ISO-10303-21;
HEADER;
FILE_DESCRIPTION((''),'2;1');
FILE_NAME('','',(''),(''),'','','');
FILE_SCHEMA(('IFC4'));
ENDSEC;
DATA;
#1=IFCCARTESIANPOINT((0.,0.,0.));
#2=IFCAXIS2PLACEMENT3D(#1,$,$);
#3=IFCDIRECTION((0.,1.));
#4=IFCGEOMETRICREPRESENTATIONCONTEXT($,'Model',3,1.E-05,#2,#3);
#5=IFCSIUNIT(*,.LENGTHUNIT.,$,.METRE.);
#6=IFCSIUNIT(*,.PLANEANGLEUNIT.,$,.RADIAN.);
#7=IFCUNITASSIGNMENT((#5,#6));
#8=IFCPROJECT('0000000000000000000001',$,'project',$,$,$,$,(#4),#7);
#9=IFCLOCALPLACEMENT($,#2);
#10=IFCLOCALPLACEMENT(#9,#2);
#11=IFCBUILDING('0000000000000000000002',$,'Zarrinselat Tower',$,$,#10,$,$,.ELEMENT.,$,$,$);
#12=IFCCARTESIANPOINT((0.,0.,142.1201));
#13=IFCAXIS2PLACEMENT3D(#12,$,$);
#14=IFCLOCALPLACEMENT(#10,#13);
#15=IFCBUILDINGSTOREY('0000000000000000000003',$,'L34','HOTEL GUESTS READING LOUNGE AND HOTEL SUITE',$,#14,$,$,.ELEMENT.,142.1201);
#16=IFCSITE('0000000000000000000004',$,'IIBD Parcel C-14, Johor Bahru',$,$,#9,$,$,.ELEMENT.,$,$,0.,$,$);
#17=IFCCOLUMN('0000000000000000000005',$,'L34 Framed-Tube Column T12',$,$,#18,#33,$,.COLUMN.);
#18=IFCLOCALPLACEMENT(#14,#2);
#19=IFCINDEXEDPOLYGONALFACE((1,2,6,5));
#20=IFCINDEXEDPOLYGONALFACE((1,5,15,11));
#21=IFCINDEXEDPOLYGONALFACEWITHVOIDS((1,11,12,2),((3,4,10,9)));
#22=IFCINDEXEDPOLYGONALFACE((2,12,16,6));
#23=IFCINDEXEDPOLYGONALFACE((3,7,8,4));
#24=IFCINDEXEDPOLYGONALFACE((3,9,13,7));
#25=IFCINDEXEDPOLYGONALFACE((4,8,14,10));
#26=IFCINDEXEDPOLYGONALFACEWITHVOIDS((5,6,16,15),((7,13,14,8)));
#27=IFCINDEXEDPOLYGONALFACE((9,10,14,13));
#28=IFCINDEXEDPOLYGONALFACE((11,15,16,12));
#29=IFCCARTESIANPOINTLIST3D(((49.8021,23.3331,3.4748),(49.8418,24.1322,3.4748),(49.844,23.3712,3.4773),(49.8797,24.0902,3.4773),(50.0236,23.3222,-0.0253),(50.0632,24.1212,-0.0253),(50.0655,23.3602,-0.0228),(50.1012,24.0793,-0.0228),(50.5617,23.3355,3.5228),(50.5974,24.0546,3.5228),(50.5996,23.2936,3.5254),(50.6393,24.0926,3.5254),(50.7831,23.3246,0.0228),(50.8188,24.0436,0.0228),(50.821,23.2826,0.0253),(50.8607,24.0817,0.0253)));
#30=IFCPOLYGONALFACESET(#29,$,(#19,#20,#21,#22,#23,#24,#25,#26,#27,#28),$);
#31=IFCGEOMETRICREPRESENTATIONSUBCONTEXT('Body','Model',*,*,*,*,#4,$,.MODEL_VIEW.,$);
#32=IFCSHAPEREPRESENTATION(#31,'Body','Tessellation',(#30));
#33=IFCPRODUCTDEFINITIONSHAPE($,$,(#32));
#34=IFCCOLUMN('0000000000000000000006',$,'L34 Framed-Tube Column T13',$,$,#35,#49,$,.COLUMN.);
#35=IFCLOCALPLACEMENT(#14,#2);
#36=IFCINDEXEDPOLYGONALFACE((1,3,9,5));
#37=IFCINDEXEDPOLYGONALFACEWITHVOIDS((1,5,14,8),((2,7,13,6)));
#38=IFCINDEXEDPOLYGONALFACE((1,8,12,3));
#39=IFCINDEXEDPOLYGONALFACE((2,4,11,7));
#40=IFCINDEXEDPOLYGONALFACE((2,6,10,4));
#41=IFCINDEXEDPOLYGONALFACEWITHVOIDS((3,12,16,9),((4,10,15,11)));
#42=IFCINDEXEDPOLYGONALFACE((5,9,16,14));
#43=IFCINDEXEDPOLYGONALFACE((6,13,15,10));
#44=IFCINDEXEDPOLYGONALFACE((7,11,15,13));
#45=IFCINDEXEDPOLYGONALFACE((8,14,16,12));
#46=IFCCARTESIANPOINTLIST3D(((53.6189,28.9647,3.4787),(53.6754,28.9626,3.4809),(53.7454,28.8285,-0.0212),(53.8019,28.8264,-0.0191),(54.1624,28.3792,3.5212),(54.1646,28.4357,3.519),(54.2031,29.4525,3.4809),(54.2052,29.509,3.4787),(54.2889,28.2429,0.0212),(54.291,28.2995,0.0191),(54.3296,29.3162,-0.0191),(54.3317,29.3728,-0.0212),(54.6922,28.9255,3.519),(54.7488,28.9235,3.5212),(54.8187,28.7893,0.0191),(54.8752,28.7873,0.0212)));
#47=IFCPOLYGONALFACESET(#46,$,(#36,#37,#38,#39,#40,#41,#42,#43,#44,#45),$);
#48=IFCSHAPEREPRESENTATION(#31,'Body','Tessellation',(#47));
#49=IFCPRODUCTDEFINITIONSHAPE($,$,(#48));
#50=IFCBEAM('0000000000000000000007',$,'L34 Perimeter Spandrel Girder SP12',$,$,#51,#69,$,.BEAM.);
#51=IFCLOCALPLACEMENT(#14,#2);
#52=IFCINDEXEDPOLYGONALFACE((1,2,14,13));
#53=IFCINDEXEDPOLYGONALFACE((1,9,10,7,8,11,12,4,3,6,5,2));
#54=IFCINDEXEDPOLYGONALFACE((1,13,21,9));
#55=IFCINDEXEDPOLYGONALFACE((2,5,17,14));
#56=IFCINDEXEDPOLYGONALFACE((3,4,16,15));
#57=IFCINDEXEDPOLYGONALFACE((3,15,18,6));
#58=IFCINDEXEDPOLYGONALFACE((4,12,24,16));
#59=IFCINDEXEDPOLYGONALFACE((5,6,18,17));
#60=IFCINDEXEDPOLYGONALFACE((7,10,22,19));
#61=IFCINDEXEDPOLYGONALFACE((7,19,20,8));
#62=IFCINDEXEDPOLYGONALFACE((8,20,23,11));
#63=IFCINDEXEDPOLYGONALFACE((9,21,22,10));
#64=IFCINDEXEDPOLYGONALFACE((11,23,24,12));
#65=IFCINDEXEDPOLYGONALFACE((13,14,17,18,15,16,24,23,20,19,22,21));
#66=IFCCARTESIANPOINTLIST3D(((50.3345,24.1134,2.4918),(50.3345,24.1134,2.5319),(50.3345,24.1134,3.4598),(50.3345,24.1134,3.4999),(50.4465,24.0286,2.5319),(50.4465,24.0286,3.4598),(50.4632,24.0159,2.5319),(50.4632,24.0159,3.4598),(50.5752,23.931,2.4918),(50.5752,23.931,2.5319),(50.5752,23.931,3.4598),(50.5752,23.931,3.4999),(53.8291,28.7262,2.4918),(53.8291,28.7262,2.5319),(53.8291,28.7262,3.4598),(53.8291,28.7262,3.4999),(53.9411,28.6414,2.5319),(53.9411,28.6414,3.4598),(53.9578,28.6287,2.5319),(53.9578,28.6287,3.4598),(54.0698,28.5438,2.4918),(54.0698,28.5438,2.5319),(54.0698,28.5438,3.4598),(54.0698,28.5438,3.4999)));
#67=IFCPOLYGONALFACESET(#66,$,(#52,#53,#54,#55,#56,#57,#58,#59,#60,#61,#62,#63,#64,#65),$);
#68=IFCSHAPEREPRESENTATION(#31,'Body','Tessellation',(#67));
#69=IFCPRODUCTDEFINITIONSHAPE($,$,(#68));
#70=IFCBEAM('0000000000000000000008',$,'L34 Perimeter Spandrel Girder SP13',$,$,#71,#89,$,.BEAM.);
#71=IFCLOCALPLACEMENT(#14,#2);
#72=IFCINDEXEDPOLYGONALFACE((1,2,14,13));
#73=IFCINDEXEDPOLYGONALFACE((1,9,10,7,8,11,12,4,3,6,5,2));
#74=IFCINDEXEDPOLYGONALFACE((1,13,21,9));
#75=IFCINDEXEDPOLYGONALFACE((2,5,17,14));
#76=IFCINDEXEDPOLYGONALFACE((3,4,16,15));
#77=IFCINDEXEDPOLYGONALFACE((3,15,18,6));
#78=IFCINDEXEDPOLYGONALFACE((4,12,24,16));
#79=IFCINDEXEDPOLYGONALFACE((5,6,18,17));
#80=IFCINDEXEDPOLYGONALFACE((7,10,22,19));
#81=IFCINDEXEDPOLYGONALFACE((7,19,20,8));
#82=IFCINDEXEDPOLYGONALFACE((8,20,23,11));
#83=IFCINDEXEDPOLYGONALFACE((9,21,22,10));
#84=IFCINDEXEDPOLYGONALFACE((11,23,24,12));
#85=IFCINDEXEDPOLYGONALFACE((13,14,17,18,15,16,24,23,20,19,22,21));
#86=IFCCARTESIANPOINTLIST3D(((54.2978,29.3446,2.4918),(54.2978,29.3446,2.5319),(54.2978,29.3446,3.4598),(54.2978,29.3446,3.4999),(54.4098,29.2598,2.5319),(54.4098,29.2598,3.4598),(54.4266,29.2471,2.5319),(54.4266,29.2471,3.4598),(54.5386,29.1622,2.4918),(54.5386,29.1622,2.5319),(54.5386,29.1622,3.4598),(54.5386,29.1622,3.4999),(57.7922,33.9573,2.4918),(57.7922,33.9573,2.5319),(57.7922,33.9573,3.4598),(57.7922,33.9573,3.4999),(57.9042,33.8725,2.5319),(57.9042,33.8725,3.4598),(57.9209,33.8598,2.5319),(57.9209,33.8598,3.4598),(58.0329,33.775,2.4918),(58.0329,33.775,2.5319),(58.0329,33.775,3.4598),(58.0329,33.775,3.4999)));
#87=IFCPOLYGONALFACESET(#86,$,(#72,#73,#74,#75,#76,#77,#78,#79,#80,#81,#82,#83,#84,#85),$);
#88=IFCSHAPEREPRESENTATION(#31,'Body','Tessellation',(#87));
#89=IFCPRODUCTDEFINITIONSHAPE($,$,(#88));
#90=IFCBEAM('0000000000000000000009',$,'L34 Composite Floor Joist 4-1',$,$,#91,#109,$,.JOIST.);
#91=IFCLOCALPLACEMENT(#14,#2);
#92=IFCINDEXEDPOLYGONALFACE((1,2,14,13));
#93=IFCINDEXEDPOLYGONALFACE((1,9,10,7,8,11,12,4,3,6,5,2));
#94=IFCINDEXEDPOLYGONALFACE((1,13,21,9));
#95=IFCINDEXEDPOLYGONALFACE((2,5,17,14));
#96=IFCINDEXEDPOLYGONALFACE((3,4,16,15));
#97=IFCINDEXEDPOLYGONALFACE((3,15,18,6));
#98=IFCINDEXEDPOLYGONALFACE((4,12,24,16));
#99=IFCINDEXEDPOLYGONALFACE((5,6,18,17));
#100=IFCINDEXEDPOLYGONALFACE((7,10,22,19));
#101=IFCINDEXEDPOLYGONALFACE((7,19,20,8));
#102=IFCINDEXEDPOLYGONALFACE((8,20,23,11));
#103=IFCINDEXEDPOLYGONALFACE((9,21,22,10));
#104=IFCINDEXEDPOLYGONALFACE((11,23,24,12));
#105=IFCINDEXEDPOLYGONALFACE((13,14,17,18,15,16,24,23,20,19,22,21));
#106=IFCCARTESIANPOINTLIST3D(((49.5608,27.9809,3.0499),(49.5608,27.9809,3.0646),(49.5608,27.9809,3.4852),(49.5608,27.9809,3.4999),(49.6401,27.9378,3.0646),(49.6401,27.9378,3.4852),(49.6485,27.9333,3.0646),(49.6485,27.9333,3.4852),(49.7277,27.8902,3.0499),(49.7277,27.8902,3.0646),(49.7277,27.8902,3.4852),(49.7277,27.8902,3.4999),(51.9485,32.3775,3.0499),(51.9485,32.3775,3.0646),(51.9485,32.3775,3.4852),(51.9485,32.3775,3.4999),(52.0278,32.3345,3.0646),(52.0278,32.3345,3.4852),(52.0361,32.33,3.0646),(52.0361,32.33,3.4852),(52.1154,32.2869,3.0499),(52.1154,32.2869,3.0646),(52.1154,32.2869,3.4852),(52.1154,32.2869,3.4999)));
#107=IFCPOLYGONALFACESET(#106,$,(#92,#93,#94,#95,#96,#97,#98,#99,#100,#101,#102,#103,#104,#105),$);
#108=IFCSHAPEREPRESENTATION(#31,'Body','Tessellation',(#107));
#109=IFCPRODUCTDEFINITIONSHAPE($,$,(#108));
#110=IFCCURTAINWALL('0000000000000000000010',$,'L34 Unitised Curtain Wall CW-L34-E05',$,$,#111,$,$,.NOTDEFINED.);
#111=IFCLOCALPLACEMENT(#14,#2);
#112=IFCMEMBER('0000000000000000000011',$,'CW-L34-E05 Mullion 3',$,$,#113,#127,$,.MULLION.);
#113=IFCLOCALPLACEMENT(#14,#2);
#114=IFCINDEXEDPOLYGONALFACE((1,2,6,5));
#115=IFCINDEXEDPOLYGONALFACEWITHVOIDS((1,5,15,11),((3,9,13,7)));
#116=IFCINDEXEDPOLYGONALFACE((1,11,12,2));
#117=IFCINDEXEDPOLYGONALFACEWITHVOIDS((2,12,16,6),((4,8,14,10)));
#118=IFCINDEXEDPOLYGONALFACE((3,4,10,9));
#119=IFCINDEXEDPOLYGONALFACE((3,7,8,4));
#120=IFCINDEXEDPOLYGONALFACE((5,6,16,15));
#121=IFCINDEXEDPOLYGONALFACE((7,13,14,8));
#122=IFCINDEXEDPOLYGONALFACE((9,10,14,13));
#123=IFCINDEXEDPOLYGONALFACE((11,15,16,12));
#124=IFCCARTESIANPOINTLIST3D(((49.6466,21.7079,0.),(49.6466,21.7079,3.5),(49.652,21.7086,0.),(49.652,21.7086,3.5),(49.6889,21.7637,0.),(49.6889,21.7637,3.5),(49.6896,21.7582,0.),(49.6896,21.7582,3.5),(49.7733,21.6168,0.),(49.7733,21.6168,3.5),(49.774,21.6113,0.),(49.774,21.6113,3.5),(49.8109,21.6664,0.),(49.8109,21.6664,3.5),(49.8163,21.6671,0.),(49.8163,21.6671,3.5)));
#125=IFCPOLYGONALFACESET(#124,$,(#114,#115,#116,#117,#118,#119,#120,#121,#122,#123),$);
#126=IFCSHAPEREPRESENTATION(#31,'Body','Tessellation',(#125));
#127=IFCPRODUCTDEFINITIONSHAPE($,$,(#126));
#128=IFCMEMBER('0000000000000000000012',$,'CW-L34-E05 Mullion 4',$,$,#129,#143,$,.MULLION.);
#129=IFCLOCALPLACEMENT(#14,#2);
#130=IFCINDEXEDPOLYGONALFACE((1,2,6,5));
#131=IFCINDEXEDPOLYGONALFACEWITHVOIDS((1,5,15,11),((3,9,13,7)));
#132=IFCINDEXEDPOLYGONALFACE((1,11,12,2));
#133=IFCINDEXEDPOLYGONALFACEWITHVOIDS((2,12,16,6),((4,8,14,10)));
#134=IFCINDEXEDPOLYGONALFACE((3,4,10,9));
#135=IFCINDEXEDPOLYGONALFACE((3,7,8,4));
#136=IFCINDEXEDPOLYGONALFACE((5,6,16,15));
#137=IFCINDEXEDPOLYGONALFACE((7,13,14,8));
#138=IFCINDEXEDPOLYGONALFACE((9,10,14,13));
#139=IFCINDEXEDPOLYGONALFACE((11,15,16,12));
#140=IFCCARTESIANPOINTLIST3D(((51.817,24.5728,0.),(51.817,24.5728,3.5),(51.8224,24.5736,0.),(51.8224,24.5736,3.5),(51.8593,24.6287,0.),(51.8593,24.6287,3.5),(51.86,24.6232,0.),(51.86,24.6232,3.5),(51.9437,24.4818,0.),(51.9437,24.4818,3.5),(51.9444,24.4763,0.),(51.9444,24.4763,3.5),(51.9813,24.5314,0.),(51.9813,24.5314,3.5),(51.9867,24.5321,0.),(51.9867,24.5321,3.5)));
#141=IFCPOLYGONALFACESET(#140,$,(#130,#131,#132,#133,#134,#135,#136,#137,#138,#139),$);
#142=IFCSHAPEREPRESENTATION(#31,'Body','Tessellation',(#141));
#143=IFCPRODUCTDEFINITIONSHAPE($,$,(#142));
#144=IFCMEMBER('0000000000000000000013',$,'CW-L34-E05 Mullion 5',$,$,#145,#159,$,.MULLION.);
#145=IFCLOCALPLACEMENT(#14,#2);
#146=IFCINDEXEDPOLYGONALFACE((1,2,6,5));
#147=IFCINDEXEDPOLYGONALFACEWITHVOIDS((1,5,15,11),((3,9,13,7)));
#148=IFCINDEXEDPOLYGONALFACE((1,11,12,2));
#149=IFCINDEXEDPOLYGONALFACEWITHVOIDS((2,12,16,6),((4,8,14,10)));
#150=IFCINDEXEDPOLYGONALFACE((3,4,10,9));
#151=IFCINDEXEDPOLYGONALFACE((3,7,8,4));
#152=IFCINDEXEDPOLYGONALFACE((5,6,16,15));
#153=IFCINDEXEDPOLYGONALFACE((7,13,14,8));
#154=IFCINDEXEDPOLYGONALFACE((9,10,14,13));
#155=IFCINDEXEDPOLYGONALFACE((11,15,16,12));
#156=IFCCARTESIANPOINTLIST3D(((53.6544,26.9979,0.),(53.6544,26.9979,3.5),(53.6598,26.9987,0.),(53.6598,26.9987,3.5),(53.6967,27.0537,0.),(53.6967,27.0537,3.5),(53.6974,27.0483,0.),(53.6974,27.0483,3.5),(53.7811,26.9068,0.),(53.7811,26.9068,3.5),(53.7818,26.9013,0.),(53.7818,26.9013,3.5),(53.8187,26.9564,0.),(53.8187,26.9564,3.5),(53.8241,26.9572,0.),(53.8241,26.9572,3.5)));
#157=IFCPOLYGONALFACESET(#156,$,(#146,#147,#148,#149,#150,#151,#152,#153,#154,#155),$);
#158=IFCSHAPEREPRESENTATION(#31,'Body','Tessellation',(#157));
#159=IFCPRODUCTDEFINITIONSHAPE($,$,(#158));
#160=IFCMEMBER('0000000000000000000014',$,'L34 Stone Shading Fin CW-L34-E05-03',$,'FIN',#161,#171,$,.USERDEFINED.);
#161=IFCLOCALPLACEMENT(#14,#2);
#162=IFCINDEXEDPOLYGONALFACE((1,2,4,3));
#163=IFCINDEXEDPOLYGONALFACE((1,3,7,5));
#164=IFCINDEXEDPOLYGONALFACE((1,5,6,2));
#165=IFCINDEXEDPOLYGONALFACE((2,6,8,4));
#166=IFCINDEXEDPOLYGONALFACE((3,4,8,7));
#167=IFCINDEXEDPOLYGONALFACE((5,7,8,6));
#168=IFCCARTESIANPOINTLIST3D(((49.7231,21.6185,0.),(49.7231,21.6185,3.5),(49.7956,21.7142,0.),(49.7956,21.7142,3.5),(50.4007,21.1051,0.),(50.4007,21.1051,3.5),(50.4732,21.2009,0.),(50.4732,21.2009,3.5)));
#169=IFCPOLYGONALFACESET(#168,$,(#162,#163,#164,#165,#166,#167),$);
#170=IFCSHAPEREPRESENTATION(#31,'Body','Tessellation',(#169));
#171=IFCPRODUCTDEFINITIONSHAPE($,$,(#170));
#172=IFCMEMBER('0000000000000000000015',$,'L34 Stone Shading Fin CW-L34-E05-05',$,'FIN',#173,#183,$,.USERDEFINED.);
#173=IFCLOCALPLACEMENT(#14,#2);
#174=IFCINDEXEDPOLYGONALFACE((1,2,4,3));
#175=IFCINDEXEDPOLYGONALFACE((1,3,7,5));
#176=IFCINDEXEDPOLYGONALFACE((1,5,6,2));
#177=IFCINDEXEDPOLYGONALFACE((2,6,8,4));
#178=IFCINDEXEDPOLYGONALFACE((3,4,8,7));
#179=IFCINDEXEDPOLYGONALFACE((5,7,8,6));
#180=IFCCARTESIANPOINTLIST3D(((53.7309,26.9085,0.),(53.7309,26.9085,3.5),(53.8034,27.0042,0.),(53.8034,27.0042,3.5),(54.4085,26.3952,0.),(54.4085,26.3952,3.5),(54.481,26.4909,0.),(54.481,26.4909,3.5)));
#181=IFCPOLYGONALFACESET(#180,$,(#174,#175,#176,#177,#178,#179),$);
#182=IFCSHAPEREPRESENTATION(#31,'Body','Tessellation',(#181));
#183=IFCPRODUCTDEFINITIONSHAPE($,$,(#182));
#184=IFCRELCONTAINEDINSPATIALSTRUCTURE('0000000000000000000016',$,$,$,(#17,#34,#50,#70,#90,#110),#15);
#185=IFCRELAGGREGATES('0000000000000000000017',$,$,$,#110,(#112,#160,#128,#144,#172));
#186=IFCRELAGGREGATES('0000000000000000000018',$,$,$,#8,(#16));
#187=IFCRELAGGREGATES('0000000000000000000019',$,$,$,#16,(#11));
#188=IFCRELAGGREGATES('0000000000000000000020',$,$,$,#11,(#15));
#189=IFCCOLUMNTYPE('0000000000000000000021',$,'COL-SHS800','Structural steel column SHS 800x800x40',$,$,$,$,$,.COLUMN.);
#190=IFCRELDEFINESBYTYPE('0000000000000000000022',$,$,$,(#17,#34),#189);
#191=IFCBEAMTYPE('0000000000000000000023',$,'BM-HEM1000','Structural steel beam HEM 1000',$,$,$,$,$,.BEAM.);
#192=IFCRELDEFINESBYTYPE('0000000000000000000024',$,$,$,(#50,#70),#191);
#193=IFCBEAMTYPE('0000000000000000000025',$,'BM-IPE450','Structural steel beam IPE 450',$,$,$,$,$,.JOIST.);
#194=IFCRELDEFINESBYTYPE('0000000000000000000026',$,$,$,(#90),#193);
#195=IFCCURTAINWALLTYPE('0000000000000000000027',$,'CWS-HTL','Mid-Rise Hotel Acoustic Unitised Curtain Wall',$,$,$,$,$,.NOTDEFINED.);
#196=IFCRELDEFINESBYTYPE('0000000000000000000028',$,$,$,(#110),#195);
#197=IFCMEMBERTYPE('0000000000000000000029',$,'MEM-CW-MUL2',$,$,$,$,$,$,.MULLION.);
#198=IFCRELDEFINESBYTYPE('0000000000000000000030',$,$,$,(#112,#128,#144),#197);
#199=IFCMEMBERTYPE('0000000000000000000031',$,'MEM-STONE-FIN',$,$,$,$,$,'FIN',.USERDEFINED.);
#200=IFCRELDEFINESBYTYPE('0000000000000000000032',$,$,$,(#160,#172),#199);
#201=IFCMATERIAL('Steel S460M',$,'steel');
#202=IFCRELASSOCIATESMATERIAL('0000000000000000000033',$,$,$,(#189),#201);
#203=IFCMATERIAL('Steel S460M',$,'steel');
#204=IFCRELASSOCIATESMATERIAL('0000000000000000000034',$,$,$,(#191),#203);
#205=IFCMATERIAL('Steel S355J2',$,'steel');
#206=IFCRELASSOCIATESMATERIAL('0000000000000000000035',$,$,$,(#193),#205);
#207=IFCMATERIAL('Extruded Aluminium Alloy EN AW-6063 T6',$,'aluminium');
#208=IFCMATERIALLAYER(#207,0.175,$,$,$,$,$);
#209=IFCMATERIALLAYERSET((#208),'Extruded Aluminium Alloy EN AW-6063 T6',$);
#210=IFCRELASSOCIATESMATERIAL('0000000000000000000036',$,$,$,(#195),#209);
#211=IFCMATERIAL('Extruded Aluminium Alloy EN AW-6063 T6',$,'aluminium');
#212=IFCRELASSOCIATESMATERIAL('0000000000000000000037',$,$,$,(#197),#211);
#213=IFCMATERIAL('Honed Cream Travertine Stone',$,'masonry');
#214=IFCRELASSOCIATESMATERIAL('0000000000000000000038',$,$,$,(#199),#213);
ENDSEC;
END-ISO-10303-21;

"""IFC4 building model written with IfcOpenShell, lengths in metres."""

from ifc_helpers import new_model, si_unit, direction, frame, origin, origin_2d, place, context, subcontext, project, spatial, rectangle, hollow_rectangle, i_section, extrude, material, layer, layer_set, material_profile, profile_set, type_object, element, aggregate, save


model = new_model("IFC4")

# Units and contexts
model_context = context("Model", 3, precision=1e-05, world=origin(), true_north=direction((0.0, 1.0)))
body_context = subcontext(model_context, "Body", "Model", "MODEL_VIEW")
ifc_project = project(units=[si_unit("LENGTHUNIT", "METRE"), si_unit("PLANEANGLEUNIT", "RADIAN")], contexts=[model_context])

# Site, building, storey
site_placement = place(None, origin())
site = spatial("IfcSite", under=ifc_project, at=site_placement, Name="IIBD Parcel C-14, Johor Bahru", CompositionType="ELEMENT", RefElevation=0.0)
building_placement = place(site_placement, origin())
building = spatial("IfcBuilding", under=site, at=building_placement, Name="Zarrinselat Tower", CompositionType="ELEMENT")
storey_placement = place(building_placement, frame((0.0, 0.0, 142.1201)))
storey = spatial("IfcBuildingStorey", under=building, at=storey_placement, Name="L34", Description="HOTEL GUESTS READING LOUNGE AND HOTEL SUITE", CompositionType="ELEMENT", Elevation=142.1201)

# Columns
ifc_material_1 = material(Name="Steel S460M", Category="steel")
ifc_material_profile_1 = material_profile(ifc_material_1, hollow_rectangle(XDim=0.8, YDim=0.8, WallThickness=0.04, at=origin_2d()), Name="SHS 800x800x40")
ifc_profile_set_1 = profile_set([ifc_material_profile_1], Name="Steel S460M")
column_type = type_object("IfcColumnType", Name="COL-SHS800", Description="Structural steel column SHS 800x800x40", PredefinedType="COLUMN", material=ifc_profile_set_1)
column_1_placement = place(storey_placement, frame((50.4421, 23.7019, 0.0), z_axis=(-0.063141, 0.003133, 0.998), x_axis=(-0.049553, -0.998771, 0.0)))
element("IfcColumn", 1, at=column_1_placement, inside=storey, type_object=column_type, Name="L34 Framed-Tube Column T12", PredefinedType="COLUMN", context=body_context, shape_type="SweptSolid", body=[
    extrude(hollow_rectangle(XDim=0.8, YDim=0.8, WallThickness=0.04, at=origin_2d()), origin(), (0.0, 0.0, 1.0), 3.5071),
])
column_2_placement = place(storey_placement, frame((54.3103, 28.8079, 0.0), z_axis=(-0.036082, 0.038868, 0.998593), x_axis=(-0.732887, -0.68035, 0.0)))
element("IfcColumn", 2, at=column_2_placement, inside=storey, type_object=column_type, Name="L34 Framed-Tube Column T13", PredefinedType="COLUMN", context=body_context, shape_type="SweptSolid", body=[
    extrude(hollow_rectangle(XDim=0.8, YDim=0.8, WallThickness=0.04, at=origin_2d()), origin(), (0.0, 0.0, 1.0), 3.5049),
])

# Beams
ifc_material_2 = material(Name="Steel S460M", Category="steel")
ifc_material_profile_2 = material_profile(ifc_material_2, i_section(OverallWidth=0.302, OverallDepth=1.0081, WebThickness=0.021, FlangeThickness=0.04, at=origin_2d()), Name="HEM 1000")
ifc_profile_set_2 = profile_set([ifc_material_profile_2], Name="Steel S460M")
beam_type_1 = type_object("IfcBeamType", Name="BM-HEM1000", Description="Structural steel beam HEM 1000", PredefinedType="BEAM", material=ifc_profile_set_2)
beam_1_placement = place(storey_placement, frame((50.4548, 24.0222, 2.9958), z_axis=(0.603867, 0.797085, 0.0), x_axis=(-0.797085, 0.603867, 0.0)))
element("IfcBeam", 3, at=beam_1_placement, inside=storey, type_object=beam_type_1, Name="L34 Perimeter Spandrel Girder SP12", PredefinedType="BEAM", context=body_context, shape_type="SweptSolid", body=[
    extrude(i_section(OverallWidth=0.302, OverallDepth=1.0081, WebThickness=0.021, FlangeThickness=0.04, at=origin_2d()), origin(), (0.0, 0.0, 1.0), 5.7871),
])
beam_2_placement = place(storey_placement, frame((54.4182, 29.2534, 2.9958), z_axis=(0.603841, 0.797105, 0.0), x_axis=(-0.797105, 0.603841, 0.0)))
element("IfcBeam", 4, at=beam_2_placement, inside=storey, type_object=beam_type_1, Name="L34 Perimeter Spandrel Girder SP13", PredefinedType="BEAM", context=body_context, shape_type="SweptSolid", body=[
    extrude(i_section(OverallWidth=0.302, OverallDepth=1.0081, WebThickness=0.021, FlangeThickness=0.04, at=origin_2d()), origin(), (0.0, 0.0, 1.0), 5.7869),
])
ifc_material_3 = material(Name="Steel S355J2", Category="steel")
ifc_material_profile_3 = material_profile(ifc_material_3, i_section(OverallWidth=0.1899, OverallDepth=0.45, WebThickness=0.0095, FlangeThickness=0.0146, at=origin_2d()), Name="IPE 450")
ifc_profile_set_3 = profile_set([ifc_material_profile_3], Name="Steel S355J2")
beam_type_2 = type_object("IfcBeamType", Name="BM-IPE450", Description="Structural steel beam IPE 450", PredefinedType="JOIST", material=ifc_profile_set_3)
beam_3_placement = place(storey_placement, frame((49.6443, 27.9355, 3.2749), z_axis=(0.477231, 0.878778, 0.0), x_axis=(-0.878778, 0.477231, 0.0)))
element("IfcBeam", 5, at=beam_3_placement, inside=storey, type_object=beam_type_2, Name="L34 Composite Floor Joist 4-1", PredefinedType="JOIST", context=body_context, shape_type="SweptSolid", body=[
    extrude(i_section(OverallWidth=0.1899, OverallDepth=0.45, WebThickness=0.0095, FlangeThickness=0.0146, at=origin_2d()), origin(), (0.0, 0.0, 1.0), 5.0032),
])

# Curtain wall, members
ifc_material_4 = material(Name="Extruded Aluminium Alloy EN AW-6063 T6", Category="aluminium")
ifc_layer_1 = layer(ifc_material_4, 0.175)
ifc_layer_set_1 = layer_set([ifc_layer_1], Name="Extruded Aluminium Alloy EN AW-6063 T6")
curtain_wall_type = type_object("IfcCurtainWallType", Name="CWS-HTL", Description="Mid-Rise Hotel Acoustic Unitised Curtain Wall", PredefinedType="NOTDEFINED", material=ifc_layer_set_1)
curtain_wall_placement = place(storey_placement, origin())
curtain_wall = element("IfcCurtainWall", 6, at=curtain_wall_placement, inside=storey, type_object=curtain_wall_type, Name="L34 Unitised Curtain Wall CW-L34-E05", PredefinedType="NOTDEFINED")
ifc_material_5 = material(Name="Extruded Aluminium Alloy EN AW-6063 T6", Category="aluminium")
ifc_material_profile_4 = material_profile(ifc_material_5, hollow_rectangle(XDim=0.0701, YDim=0.1599, WallThickness=0.0039, at=origin_2d()), Name="RHS 160x70x4")
ifc_profile_set_4 = profile_set([ifc_material_profile_4], Name="Extruded Aluminium Alloy EN AW-6063 T6")
member_type_1 = type_object("IfcMemberType", Name="MEM-CW-MUL2", PredefinedType="MULLION", material=ifc_profile_set_4)
member_1_placement = place(storey_placement, frame((49.7314, 21.6875, 0.0), z_axis=(0.0, 0.0, 1.0), x_axis=(0.603856, 0.797094, 0.0)))
member_1 = element("IfcMember", 7, at=member_1_placement, type_object=member_type_1, Name="CW-L34-E05 Mullion 3", PredefinedType="MULLION", context=body_context, shape_type="SweptSolid", body=[
    extrude(hollow_rectangle(XDim=0.0701, YDim=0.1599, WallThickness=0.0039, at=origin_2d()), origin(), (0.0, 0.0, 1.0), 3.5),
])
member_2_placement = place(storey_placement, frame((51.9019, 24.5525, 0.0), z_axis=(0.0, 0.0, 1.0), x_axis=(0.603856, 0.797094, 0.0)))
member_2 = element("IfcMember", 8, at=member_2_placement, type_object=member_type_1, Name="CW-L34-E05 Mullion 4", PredefinedType="MULLION", context=body_context, shape_type="SweptSolid", body=[
    extrude(hollow_rectangle(XDim=0.0701, YDim=0.1599, WallThickness=0.0039, at=origin_2d()), origin(), (0.0, 0.0, 1.0), 3.5),
])
member_3_placement = place(storey_placement, frame((53.7393, 26.9775, 0.0), z_axis=(0.0, 0.0, 1.0), x_axis=(0.603856, 0.797094, 0.0)))
member_3 = element("IfcMember", 9, at=member_3_placement, type_object=member_type_1, Name="CW-L34-E05 Mullion 5", PredefinedType="MULLION", context=body_context, shape_type="SweptSolid", body=[
    extrude(hollow_rectangle(XDim=0.0701, YDim=0.1599, WallThickness=0.0039, at=origin_2d()), origin(), (0.0, 0.0, 1.0), 3.5),
])
ifc_material_6 = material(Name="Honed Cream Travertine Stone", Category="masonry")
ifc_material_profile_5 = material_profile(ifc_material_6, rectangle(XDim=0.1201, YDim=0.8501, at=origin_2d()), Name="FIN 850x120")
ifc_profile_set_5 = profile_set([ifc_material_profile_5], Name="Honed Cream Travertine Stone")
member_type_2 = type_object("IfcMemberType", Name="MEM-STONE-FIN", ElementType="FIN", PredefinedType="USERDEFINED", material=ifc_profile_set_5)
member_4_placement = place(storey_placement, frame((50.0981, 21.4097, 0.0), z_axis=(0.0, 0.0, 1.0), x_axis=(-0.603856, -0.797094, 0.0)))
member_4 = element("IfcMember", 10, at=member_4_placement, type_object=member_type_2, Name="L34 Stone Shading Fin CW-L34-E05-03", ObjectType="FIN", PredefinedType="USERDEFINED", context=body_context, shape_type="SweptSolid", body=[
    extrude(rectangle(XDim=0.1201, YDim=0.8501, at=origin_2d()), origin(), (0.0, 0.0, 1.0), 3.5),
])
member_5_placement = place(storey_placement, frame((54.106, 26.6997, 0.0), z_axis=(0.0, 0.0, 1.0), x_axis=(-0.603856, -0.797094, 0.0)))
member_5 = element("IfcMember", 11, at=member_5_placement, type_object=member_type_2, Name="L34 Stone Shading Fin CW-L34-E05-05", ObjectType="FIN", PredefinedType="USERDEFINED", context=body_context, shape_type="SweptSolid", body=[
    extrude(rectangle(XDim=0.1201, YDim=0.8501, at=origin_2d()), origin(), (0.0, 0.0, 1.0), 3.5),
])
aggregate(curtain_wall, [member_1, member_4, member_2, member_3, member_5])

save(model, "model.ifc")
